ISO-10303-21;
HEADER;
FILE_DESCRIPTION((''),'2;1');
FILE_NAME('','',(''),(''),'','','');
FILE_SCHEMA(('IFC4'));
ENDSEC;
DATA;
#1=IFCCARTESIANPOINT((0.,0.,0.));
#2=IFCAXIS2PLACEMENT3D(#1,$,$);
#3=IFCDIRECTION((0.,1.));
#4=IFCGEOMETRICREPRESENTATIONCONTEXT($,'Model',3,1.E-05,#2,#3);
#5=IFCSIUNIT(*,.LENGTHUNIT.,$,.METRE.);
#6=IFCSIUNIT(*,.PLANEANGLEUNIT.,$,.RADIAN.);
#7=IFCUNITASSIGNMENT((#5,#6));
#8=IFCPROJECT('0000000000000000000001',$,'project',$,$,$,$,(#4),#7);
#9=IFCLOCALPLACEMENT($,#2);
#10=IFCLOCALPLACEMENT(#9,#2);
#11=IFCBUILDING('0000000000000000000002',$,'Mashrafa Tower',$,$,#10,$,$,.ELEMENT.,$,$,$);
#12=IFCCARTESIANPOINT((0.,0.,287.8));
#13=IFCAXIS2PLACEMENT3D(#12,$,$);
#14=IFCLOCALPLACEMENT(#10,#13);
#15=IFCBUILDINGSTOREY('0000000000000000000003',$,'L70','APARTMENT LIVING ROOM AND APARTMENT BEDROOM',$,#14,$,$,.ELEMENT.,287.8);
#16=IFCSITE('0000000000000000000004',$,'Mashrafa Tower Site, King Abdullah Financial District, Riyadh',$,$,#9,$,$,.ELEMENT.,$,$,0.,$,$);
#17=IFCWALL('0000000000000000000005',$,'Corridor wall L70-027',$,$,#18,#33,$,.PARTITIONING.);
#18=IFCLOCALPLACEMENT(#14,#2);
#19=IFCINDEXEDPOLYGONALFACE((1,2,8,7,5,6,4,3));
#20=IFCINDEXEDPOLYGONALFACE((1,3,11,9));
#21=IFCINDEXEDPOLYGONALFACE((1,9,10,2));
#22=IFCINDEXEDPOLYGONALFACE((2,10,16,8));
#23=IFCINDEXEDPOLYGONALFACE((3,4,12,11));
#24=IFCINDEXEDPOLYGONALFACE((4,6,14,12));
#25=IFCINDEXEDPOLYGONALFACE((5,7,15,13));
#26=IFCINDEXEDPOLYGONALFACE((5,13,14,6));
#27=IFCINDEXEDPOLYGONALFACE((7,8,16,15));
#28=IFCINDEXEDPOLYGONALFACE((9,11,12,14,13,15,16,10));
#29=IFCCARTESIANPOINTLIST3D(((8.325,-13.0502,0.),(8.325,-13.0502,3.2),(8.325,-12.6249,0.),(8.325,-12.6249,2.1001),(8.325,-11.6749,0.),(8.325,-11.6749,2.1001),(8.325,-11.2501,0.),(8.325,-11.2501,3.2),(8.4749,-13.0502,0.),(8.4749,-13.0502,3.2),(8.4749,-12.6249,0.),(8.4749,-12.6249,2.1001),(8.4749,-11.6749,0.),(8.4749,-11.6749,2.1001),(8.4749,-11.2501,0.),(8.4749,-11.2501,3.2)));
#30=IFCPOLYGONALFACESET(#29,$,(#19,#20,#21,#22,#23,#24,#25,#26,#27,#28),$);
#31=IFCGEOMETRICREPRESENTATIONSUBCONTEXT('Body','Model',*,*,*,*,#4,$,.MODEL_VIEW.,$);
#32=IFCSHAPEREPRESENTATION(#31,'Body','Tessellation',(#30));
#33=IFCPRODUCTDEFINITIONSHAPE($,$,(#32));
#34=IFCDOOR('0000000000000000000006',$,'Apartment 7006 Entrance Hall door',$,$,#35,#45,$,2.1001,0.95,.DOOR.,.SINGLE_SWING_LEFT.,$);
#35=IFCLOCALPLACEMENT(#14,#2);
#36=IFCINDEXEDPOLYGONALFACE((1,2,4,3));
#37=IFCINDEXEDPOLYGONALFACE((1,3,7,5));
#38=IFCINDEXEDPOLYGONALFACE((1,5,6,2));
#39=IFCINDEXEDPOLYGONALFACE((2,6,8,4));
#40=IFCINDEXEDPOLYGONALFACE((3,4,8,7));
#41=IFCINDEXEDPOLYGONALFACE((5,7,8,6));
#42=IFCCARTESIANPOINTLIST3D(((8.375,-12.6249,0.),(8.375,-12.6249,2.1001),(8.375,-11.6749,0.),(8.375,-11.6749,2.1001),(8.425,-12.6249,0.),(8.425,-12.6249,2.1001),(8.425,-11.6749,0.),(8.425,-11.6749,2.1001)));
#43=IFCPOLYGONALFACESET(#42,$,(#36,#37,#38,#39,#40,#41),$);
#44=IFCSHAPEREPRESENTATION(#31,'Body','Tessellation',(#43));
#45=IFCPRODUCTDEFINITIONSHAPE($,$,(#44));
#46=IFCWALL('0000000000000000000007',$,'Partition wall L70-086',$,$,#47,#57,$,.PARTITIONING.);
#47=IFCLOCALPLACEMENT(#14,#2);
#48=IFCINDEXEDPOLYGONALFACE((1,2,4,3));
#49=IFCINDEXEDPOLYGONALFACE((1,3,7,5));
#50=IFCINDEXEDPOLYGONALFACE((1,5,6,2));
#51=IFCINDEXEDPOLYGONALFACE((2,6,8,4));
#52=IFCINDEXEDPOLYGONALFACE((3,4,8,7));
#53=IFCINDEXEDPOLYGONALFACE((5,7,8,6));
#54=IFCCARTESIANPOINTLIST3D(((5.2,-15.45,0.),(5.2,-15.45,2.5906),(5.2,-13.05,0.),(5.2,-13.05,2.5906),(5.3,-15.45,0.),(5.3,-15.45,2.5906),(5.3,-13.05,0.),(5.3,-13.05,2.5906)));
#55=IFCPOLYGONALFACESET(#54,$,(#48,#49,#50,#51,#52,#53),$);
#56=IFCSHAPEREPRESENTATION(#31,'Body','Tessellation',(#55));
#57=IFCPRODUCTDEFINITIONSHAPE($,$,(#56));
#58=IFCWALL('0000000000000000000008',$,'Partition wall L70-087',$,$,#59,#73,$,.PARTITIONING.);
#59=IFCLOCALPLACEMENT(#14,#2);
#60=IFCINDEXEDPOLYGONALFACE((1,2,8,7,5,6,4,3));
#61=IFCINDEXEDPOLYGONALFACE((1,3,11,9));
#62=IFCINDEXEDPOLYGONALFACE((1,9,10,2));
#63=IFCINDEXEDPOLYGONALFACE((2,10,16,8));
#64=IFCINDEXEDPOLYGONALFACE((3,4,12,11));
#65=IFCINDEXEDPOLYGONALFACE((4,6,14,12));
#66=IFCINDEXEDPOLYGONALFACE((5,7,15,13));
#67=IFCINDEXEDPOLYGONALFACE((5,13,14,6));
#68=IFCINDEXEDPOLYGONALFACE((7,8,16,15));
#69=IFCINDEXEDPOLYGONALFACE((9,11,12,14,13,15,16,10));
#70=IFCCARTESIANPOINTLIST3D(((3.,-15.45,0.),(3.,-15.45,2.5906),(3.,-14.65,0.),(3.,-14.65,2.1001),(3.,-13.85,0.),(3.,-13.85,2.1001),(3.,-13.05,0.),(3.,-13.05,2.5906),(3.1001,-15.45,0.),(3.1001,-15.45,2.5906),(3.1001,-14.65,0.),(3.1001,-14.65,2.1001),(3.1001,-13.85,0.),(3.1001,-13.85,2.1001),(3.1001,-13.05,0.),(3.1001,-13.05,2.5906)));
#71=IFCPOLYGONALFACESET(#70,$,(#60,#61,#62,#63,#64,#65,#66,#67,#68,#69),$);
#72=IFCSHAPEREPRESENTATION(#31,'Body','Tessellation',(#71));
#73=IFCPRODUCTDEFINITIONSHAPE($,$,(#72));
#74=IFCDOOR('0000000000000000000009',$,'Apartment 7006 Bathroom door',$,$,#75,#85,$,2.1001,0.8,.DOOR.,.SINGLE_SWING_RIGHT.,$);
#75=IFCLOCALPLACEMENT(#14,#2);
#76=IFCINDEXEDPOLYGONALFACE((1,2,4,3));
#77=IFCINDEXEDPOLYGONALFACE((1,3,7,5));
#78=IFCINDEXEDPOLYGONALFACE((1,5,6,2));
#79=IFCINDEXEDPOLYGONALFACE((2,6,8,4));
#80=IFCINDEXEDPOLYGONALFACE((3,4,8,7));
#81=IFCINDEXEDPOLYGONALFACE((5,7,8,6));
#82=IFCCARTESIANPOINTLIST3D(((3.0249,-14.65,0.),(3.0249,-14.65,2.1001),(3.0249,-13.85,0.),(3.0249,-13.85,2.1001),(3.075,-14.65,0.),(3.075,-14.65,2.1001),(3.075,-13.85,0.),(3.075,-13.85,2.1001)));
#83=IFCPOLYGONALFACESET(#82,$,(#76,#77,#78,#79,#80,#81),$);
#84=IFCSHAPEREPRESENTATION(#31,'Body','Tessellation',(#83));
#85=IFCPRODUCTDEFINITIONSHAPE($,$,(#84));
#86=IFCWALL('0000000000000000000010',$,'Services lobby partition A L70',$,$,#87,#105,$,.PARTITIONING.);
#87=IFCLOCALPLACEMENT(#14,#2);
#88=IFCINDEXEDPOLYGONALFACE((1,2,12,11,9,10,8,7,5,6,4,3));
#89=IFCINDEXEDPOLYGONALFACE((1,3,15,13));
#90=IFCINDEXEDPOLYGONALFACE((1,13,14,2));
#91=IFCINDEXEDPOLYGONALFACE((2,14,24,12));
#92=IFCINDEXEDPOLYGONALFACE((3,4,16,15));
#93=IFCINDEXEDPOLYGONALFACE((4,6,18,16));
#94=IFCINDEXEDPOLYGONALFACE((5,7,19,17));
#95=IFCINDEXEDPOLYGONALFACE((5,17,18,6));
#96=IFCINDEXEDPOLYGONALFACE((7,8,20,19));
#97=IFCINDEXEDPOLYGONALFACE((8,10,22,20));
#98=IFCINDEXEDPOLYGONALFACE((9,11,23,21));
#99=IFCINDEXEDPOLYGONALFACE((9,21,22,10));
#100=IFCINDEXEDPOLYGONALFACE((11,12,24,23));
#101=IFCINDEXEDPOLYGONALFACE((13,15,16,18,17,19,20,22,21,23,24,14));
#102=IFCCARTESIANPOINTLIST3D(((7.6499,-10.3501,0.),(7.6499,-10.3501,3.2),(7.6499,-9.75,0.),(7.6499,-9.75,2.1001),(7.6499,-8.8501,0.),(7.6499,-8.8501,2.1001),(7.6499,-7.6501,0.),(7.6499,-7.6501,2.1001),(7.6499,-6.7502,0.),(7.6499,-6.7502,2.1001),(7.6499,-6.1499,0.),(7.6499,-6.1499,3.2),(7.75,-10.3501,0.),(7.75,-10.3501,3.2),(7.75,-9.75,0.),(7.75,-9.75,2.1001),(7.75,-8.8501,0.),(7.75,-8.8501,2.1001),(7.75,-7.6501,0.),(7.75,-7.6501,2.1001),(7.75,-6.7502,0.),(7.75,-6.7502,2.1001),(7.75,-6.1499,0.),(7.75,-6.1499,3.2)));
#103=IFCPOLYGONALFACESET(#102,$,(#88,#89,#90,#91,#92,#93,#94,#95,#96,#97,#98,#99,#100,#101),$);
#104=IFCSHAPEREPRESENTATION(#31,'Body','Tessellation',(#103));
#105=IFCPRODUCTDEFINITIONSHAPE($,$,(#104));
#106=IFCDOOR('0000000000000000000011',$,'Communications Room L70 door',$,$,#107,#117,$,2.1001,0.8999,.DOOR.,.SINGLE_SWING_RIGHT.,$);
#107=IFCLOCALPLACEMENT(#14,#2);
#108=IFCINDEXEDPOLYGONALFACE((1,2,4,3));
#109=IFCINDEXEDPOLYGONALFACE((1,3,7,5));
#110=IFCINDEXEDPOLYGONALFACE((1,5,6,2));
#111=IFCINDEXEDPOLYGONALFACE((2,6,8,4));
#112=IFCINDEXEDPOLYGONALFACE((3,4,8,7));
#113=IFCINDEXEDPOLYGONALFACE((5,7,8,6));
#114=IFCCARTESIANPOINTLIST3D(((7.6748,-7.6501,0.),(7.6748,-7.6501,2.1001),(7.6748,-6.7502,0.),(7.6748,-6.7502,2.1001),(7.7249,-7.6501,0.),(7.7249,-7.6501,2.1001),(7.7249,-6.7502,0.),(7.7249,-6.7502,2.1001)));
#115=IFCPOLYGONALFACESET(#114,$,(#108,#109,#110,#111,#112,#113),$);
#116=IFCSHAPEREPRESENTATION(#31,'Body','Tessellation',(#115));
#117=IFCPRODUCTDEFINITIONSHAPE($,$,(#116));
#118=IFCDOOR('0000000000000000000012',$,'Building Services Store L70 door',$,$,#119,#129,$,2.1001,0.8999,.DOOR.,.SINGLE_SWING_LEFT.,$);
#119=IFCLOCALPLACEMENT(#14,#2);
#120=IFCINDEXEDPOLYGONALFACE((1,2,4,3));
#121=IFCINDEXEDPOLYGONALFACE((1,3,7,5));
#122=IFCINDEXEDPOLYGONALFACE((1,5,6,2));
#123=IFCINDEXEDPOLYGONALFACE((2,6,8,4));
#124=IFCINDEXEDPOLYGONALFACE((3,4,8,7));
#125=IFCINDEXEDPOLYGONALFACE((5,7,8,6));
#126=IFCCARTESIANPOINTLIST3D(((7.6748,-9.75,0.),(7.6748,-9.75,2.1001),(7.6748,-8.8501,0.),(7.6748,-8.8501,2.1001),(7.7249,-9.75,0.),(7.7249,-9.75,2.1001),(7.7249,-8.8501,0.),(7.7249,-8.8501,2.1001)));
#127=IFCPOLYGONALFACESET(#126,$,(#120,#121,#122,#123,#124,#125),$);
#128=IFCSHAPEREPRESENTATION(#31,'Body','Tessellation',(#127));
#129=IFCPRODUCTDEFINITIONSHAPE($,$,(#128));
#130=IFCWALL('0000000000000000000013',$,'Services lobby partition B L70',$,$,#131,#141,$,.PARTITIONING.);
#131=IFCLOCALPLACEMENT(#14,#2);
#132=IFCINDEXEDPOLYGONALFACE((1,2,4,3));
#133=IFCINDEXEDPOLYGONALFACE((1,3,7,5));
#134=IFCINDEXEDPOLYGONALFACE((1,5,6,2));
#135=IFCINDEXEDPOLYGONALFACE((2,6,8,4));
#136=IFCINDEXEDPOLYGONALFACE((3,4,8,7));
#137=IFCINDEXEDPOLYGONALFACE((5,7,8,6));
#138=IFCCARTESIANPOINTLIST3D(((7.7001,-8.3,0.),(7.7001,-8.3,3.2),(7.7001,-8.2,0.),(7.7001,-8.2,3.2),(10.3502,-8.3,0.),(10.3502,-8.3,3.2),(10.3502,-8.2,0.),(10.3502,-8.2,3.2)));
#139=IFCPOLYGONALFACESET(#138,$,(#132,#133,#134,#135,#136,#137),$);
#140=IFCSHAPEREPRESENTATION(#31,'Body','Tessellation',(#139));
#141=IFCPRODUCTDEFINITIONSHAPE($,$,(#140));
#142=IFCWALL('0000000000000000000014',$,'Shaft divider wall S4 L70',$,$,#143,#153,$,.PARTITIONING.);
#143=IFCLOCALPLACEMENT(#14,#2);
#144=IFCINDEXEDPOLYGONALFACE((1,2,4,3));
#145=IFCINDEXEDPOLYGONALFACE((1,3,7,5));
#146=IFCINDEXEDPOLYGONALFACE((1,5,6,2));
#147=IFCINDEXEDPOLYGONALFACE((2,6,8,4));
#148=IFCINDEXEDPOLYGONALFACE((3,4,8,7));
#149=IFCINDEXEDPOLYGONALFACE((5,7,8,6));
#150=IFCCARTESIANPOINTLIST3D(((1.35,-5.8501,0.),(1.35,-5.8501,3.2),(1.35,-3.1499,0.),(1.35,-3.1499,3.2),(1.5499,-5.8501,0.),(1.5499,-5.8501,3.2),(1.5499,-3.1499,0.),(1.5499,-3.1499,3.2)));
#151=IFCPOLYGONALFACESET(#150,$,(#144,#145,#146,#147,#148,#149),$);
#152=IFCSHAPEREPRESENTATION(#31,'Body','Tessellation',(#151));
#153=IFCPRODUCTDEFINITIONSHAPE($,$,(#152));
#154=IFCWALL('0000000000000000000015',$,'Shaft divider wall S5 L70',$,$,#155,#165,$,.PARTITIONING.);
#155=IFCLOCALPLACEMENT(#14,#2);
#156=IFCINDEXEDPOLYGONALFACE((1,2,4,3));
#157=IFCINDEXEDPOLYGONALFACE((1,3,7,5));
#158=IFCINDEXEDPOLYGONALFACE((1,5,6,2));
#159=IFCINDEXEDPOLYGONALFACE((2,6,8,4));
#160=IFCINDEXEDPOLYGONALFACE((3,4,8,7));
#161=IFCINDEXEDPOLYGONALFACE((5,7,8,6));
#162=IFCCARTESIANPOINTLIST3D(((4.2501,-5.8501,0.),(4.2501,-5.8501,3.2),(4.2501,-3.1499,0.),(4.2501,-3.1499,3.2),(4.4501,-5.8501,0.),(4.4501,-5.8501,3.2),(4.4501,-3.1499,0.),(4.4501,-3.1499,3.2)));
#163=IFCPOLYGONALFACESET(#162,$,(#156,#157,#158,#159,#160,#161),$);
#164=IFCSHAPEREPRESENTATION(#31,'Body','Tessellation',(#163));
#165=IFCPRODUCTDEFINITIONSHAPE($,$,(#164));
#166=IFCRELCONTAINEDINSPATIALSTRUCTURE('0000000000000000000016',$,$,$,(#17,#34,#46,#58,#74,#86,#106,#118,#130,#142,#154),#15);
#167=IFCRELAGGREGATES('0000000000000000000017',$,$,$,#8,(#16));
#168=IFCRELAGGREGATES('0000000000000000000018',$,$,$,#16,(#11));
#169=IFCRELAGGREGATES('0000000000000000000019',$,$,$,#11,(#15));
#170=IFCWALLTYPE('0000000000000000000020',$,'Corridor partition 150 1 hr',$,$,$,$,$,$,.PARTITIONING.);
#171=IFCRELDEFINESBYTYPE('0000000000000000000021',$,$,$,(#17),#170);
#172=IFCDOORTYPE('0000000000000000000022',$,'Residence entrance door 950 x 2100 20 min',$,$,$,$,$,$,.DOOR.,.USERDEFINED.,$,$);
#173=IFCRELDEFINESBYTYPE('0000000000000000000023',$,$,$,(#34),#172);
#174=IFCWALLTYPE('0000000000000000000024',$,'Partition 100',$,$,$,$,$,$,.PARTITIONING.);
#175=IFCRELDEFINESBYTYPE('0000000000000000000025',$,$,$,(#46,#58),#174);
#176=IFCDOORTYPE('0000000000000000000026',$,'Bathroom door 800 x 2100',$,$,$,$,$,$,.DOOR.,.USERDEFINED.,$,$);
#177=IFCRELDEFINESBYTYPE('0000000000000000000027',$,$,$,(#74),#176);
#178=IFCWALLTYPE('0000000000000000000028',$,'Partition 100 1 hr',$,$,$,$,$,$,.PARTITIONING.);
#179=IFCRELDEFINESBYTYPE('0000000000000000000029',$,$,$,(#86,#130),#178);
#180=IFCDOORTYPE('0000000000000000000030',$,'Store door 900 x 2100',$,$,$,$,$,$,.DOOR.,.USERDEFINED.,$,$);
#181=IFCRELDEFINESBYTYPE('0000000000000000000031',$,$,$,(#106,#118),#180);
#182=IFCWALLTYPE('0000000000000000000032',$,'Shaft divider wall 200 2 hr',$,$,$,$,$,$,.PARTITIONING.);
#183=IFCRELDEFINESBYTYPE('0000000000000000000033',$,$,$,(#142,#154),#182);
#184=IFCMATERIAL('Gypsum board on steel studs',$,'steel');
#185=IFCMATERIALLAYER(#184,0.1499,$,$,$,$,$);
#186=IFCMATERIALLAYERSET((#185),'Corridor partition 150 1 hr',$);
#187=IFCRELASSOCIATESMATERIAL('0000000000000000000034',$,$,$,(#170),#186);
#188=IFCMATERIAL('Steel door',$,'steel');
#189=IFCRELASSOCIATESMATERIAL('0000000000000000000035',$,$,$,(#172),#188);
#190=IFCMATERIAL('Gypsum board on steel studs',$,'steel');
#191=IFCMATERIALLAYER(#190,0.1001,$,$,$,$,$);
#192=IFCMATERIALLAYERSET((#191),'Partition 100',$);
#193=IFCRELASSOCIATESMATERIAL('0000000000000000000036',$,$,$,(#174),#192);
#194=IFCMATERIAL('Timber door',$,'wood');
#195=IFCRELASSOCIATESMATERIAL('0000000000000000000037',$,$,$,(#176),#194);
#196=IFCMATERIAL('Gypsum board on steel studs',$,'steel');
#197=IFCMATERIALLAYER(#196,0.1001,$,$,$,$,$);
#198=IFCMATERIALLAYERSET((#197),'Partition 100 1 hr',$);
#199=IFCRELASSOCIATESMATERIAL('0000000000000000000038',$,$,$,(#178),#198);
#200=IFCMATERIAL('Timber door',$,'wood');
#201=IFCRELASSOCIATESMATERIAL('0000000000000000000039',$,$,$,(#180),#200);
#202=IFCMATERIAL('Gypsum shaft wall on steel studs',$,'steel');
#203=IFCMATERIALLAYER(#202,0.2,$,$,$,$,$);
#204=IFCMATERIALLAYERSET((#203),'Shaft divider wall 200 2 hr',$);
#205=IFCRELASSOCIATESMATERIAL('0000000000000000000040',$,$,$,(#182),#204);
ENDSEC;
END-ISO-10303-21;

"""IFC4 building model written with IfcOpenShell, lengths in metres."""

from ifc_helpers import new_model, si_unit, direction, frame, frame_2d, origin, place, context, subcontext, project, spatial, rectangle, extrude, material, layer, layer_set, type_object, element, fill, save


model = new_model("IFC4")

# Units and contexts
model_context = context("Model", 3, precision=1e-05, world=origin(), true_north=direction((0.0, 1.0)))
body_context = subcontext(model_context, "Body", "Model", "MODEL_VIEW")
ifc_project = project(units=[si_unit("LENGTHUNIT", "METRE"), si_unit("PLANEANGLEUNIT", "RADIAN")], contexts=[model_context])

# Site, building, storey
site_placement = place(None, origin())
site = spatial("IfcSite", under=ifc_project, at=site_placement, Name="Mashrafa Tower Site, King Abdullah Financial District, Riyadh", CompositionType="ELEMENT", RefElevation=0.0)
building_placement = place(site_placement, origin())
building = spatial("IfcBuilding", under=site, at=building_placement, Name="Mashrafa Tower", CompositionType="ELEMENT")
storey_placement = place(building_placement, frame((0.0, 0.0, 287.8)))
storey = spatial("IfcBuildingStorey", under=building, at=storey_placement, Name="L70", Description="APARTMENT LIVING ROOM AND APARTMENT BEDROOM", CompositionType="ELEMENT", Elevation=287.8)

# Shared definitions
ifc_material_1 = material(Name="Gypsum board on steel studs", Category="steel")
ifc_layer_1 = layer(ifc_material_1, 0.1499)
ifc_layer_set_1 = layer_set([ifc_layer_1], Name="Corridor partition 150 1 hr")
wall_type_1 = type_object("IfcWallType", Name="Corridor partition 150 1 hr", PredefinedType="PARTITIONING", material=ifc_layer_set_1)

# Wall, opening, door
wall_1_placement = place(storey_placement, frame((8.3999, -13.05, 0.0), z_axis=(0.0, 0.0, 1.0), x_axis=(0.0, 1.0, 0.0)))
wall_1 = element("IfcWall", 1, at=wall_1_placement, inside=storey, type_object=wall_type_1, Name="Corridor wall L70-027", PredefinedType="PARTITIONING", context=body_context, shape_type="SweptSolid", body=[
    extrude(rectangle(XDim=1.8, YDim=0.1499, at=frame_2d((0.8999, 0.0))), origin(), (0.0, 0.0, 1.0), 3.2),
])
opening_1_placement = place(wall_1_placement, frame((0.425, 0.0, 0.0)))
opening_1 = element("IfcOpeningElement", 2, at=opening_1_placement, cuts=wall_1, PredefinedType="OPENING", context=body_context, shape_type="SweptSolid", body=[
    extrude(rectangle(XDim=0.95, YDim=2.1001, at=frame_2d((0.4751, 1.05))), frame((0.0, 0.085, 0.0), z_axis=(0.0, -1.0, 0.0), x_axis=(1.0, 0.0, 0.0)), (0.0, 0.0, 1.0), 0.1699),
])
ifc_material_2 = material(Name="Steel door", Category="steel")
door_type_1 = type_object("IfcDoorType", Name="Residence entrance door 950 x 2100 20 min", OperationType="USERDEFINED", PredefinedType="DOOR", material=ifc_material_2)
door_1_placement = place(opening_1_placement, origin())
door_1 = element("IfcDoor", 3, at=door_1_placement, inside=storey, type_object=door_type_1, Name="Apartment 7006 Entrance Hall door", OperationType="SINGLE_SWING_LEFT", OverallHeight=2.1001, OverallWidth=0.95, PredefinedType="DOOR", context=body_context, shape_type="SweptSolid", body=[
    extrude(rectangle(XDim=0.95, YDim=2.1001, at=frame_2d((0.4751, 1.05))), frame((0.0, 0.0249, 0.0), z_axis=(0.0, -1.0, 0.0), x_axis=(1.0, 0.0, 0.0)), (0.0, 0.0, 1.0), 0.05),
])
fill(opening_1, door_1)

# Wall
ifc_material_3 = material(Name="Gypsum board on steel studs", Category="steel")
ifc_layer_2 = layer(ifc_material_3, 0.1001)
ifc_layer_set_2 = layer_set([ifc_layer_2], Name="Partition 100")
wall_type_2 = type_object("IfcWallType", Name="Partition 100", PredefinedType="PARTITIONING", material=ifc_layer_set_2)
wall_2_placement = place(storey_placement, frame((5.25, -13.05, 0.0), z_axis=(0.0, 0.0, 1.0), x_axis=(0.0, -1.0, 0.0)))
element("IfcWall", 4, at=wall_2_placement, inside=storey, type_object=wall_type_2, Name="Partition wall L70-086", PredefinedType="PARTITIONING", context=body_context, shape_type="SweptSolid", body=[
    extrude(rectangle(XDim=2.3999, YDim=0.1001, at=frame_2d((1.2, 0.0))), origin(), (0.0, 0.0, 1.0), 2.5906),
])

# Wall, opening, door
wall_3_placement = place(storey_placement, frame((3.05, -13.05, 0.0), z_axis=(0.0, 0.0, 1.0), x_axis=(0.0, -1.0, 0.0)))
wall_3 = element("IfcWall", 5, at=wall_3_placement, inside=storey, type_object=wall_type_2, Name="Partition wall L70-087", PredefinedType="PARTITIONING", context=body_context, shape_type="SweptSolid", body=[
    extrude(rectangle(XDim=2.3999, YDim=0.1001, at=frame_2d((1.2, 0.0))), origin(), (0.0, 0.0, 1.0), 2.5906),
])
opening_2_placement = place(wall_3_placement, frame((0.8, 0.0, 0.0)))
opening_2 = element("IfcOpeningElement", 6, at=opening_2_placement, cuts=wall_3, PredefinedType="OPENING", context=body_context, shape_type="SweptSolid", body=[
    extrude(rectangle(XDim=0.8, YDim=2.1001, at=frame_2d((0.3999, 1.05))), frame((0.0, 0.0601, 0.0), z_axis=(0.0, -1.0, 0.0), x_axis=(1.0, 0.0, 0.0)), (0.0, 0.0, 1.0), 0.1201),
])
ifc_material_4 = material(Name="Timber door", Category="wood")
door_type_2 = type_object("IfcDoorType", Name="Bathroom door 800 x 2100", OperationType="USERDEFINED", PredefinedType="DOOR", material=ifc_material_4)
door_2_placement = place(opening_2_placement, origin())
door_2 = element("IfcDoor", 7, at=door_2_placement, inside=storey, type_object=door_type_2, Name="Apartment 7006 Bathroom door", OperationType="SINGLE_SWING_RIGHT", OverallHeight=2.1001, OverallWidth=0.8, PredefinedType="DOOR", context=body_context, shape_type="SweptSolid", body=[
    extrude(rectangle(XDim=0.8, YDim=2.1001, at=frame_2d((0.3999, 1.05))), frame((0.0, 0.0249, 0.0), z_axis=(0.0, -1.0, 0.0), x_axis=(1.0, 0.0, 0.0)), (0.0, 0.0, 1.0), 0.05),
])
fill(opening_2, door_2)

# Wall, openings, doors
ifc_material_5 = material(Name="Gypsum board on steel studs", Category="steel")
ifc_layer_3 = layer(ifc_material_5, 0.1001)
ifc_layer_set_3 = layer_set([ifc_layer_3], Name="Partition 100 1 hr")
wall_type_3 = type_object("IfcWallType", Name="Partition 100 1 hr", PredefinedType="PARTITIONING", material=ifc_layer_set_3)
wall_4_placement = place(storey_placement, frame((7.7, -10.3501, 0.0), z_axis=(0.0, 0.0, 1.0), x_axis=(0.0, 1.0, 0.0)))
wall_4 = element("IfcWall", 8, at=wall_4_placement, inside=storey, type_object=wall_type_3, Name="Services lobby partition A L70", PredefinedType="PARTITIONING", context=body_context, shape_type="SweptSolid", body=[
    extrude(rectangle(XDim=4.2002, YDim=0.1001, at=frame_2d((2.1001, 0.0))), origin(), (0.0, 0.0, 1.0), 3.2),
])
opening_3_placement = place(wall_4_placement, frame((2.7, 0.0, 0.0)))
opening_3 = element("IfcOpeningElement", 9, at=opening_3_placement, cuts=wall_4, PredefinedType="OPENING", context=body_context, shape_type="SweptSolid", body=[
    extrude(rectangle(XDim=0.8999, YDim=2.1001, at=frame_2d((0.45, 1.05))), frame((0.0, 0.0601, 0.0), z_axis=(0.0, -1.0, 0.0), x_axis=(1.0, 0.0, 0.0)), (0.0, 0.0, 1.0), 0.1201),
])
opening_4_placement = place(wall_4_placement, frame((0.6001, 0.0, 0.0)))
opening_4 = element("IfcOpeningElement", 10, at=opening_4_placement, cuts=wall_4, PredefinedType="OPENING", context=body_context, shape_type="SweptSolid", body=[
    extrude(rectangle(XDim=0.8999, YDim=2.1001, at=frame_2d((0.45, 1.05))), frame((0.0, 0.0601, 0.0), z_axis=(0.0, -1.0, 0.0), x_axis=(1.0, 0.0, 0.0)), (0.0, 0.0, 1.0), 0.1201),
])
ifc_material_6 = material(Name="Timber door", Category="wood")
door_type_3 = type_object("IfcDoorType", Name="Store door 900 x 2100", OperationType="USERDEFINED", PredefinedType="DOOR", material=ifc_material_6)
door_3_placement = place(opening_3_placement, frame((0.8999, 0.0, 0.0), z_axis=(0.0, 0.0, 1.0), x_axis=(-1.0, 0.0, 0.0)))
door_3 = element("IfcDoor", 11, at=door_3_placement, inside=storey, type_object=door_type_3, Name="Communications Room L70 door", OperationType="SINGLE_SWING_RIGHT", OverallHeight=2.1001, OverallWidth=0.8999, PredefinedType="DOOR", context=body_context, shape_type="SweptSolid", body=[
    extrude(rectangle(XDim=0.8999, YDim=2.1001, at=frame_2d((0.45, 1.05))), frame((0.0, 0.0249, 0.0), z_axis=(0.0, -1.0, 0.0), x_axis=(1.0, 0.0, 0.0)), (0.0, 0.0, 1.0), 0.05),
])
fill(opening_3, door_3)
door_4_placement = place(opening_4_placement, frame((0.8999, 0.0, 0.0), z_axis=(0.0, 0.0, 1.0), x_axis=(-1.0, 0.0, 0.0)))
door_4 = element("IfcDoor", 12, at=door_4_placement, inside=storey, type_object=door_type_3, Name="Building Services Store L70 door", OperationType="SINGLE_SWING_LEFT", OverallHeight=2.1001, OverallWidth=0.8999, PredefinedType="DOOR", context=body_context, shape_type="SweptSolid", body=[
    extrude(rectangle(XDim=0.8999, YDim=2.1001, at=frame_2d((0.45, 1.05))), frame((0.0, 0.0249, 0.0), z_axis=(0.0, -1.0, 0.0), x_axis=(1.0, 0.0, 0.0)), (0.0, 0.0, 1.0), 0.05),
])
fill(opening_4, door_4)

# Walls
wall_5_placement = place(storey_placement, frame((7.7, -8.25, 0.0), z_axis=(0.0, 0.0, 1.0), x_axis=(1.0, 0.0, 0.0)))
element("IfcWall", 13, at=wall_5_placement, inside=storey, type_object=wall_type_3, Name="Services lobby partition B L70", PredefinedType="PARTITIONING", context=body_context, shape_type="SweptSolid", body=[
    extrude(rectangle(XDim=2.6501, YDim=0.1001, at=frame_2d((1.3252, 0.0))), origin(), (0.0, 0.0, 1.0), 3.2),
])
ifc_material_7 = material(Name="Gypsum shaft wall on steel studs", Category="steel")
ifc_layer_4 = layer(ifc_material_7, 0.2)
ifc_layer_set_4 = layer_set([ifc_layer_4], Name="Shaft divider wall 200 2 hr")
wall_type_4 = type_object("IfcWallType", Name="Shaft divider wall 200 2 hr", PredefinedType="PARTITIONING", material=ifc_layer_set_4)
for number, where, z_axis, x_axis, name in (
    (14, (1.45, -5.8501, 0.0), (0.0, 0.0, 1.0), (0.0, 1.0, 0.0), "Shaft divider wall S4 L70"),
    (15, (4.3501, -5.8501, 0.0), (0.0, 0.0, 1.0), (0.0, 1.0, 0.0), "Shaft divider wall S5 L70"),
):
    element("IfcWall", number, at=place(storey_placement, frame(where, z_axis=z_axis, x_axis=x_axis)), inside=storey, type_object=wall_type_4, Name=name, PredefinedType="PARTITIONING", context=body_context, shape_type="SweptSolid", body=[
        extrude(rectangle(XDim=2.7002, YDim=0.2, at=frame_2d((1.3501, 0.0))), origin(), (0.0, 0.0, 1.0), 3.2),
    ])

save(model, "model.ifc")
